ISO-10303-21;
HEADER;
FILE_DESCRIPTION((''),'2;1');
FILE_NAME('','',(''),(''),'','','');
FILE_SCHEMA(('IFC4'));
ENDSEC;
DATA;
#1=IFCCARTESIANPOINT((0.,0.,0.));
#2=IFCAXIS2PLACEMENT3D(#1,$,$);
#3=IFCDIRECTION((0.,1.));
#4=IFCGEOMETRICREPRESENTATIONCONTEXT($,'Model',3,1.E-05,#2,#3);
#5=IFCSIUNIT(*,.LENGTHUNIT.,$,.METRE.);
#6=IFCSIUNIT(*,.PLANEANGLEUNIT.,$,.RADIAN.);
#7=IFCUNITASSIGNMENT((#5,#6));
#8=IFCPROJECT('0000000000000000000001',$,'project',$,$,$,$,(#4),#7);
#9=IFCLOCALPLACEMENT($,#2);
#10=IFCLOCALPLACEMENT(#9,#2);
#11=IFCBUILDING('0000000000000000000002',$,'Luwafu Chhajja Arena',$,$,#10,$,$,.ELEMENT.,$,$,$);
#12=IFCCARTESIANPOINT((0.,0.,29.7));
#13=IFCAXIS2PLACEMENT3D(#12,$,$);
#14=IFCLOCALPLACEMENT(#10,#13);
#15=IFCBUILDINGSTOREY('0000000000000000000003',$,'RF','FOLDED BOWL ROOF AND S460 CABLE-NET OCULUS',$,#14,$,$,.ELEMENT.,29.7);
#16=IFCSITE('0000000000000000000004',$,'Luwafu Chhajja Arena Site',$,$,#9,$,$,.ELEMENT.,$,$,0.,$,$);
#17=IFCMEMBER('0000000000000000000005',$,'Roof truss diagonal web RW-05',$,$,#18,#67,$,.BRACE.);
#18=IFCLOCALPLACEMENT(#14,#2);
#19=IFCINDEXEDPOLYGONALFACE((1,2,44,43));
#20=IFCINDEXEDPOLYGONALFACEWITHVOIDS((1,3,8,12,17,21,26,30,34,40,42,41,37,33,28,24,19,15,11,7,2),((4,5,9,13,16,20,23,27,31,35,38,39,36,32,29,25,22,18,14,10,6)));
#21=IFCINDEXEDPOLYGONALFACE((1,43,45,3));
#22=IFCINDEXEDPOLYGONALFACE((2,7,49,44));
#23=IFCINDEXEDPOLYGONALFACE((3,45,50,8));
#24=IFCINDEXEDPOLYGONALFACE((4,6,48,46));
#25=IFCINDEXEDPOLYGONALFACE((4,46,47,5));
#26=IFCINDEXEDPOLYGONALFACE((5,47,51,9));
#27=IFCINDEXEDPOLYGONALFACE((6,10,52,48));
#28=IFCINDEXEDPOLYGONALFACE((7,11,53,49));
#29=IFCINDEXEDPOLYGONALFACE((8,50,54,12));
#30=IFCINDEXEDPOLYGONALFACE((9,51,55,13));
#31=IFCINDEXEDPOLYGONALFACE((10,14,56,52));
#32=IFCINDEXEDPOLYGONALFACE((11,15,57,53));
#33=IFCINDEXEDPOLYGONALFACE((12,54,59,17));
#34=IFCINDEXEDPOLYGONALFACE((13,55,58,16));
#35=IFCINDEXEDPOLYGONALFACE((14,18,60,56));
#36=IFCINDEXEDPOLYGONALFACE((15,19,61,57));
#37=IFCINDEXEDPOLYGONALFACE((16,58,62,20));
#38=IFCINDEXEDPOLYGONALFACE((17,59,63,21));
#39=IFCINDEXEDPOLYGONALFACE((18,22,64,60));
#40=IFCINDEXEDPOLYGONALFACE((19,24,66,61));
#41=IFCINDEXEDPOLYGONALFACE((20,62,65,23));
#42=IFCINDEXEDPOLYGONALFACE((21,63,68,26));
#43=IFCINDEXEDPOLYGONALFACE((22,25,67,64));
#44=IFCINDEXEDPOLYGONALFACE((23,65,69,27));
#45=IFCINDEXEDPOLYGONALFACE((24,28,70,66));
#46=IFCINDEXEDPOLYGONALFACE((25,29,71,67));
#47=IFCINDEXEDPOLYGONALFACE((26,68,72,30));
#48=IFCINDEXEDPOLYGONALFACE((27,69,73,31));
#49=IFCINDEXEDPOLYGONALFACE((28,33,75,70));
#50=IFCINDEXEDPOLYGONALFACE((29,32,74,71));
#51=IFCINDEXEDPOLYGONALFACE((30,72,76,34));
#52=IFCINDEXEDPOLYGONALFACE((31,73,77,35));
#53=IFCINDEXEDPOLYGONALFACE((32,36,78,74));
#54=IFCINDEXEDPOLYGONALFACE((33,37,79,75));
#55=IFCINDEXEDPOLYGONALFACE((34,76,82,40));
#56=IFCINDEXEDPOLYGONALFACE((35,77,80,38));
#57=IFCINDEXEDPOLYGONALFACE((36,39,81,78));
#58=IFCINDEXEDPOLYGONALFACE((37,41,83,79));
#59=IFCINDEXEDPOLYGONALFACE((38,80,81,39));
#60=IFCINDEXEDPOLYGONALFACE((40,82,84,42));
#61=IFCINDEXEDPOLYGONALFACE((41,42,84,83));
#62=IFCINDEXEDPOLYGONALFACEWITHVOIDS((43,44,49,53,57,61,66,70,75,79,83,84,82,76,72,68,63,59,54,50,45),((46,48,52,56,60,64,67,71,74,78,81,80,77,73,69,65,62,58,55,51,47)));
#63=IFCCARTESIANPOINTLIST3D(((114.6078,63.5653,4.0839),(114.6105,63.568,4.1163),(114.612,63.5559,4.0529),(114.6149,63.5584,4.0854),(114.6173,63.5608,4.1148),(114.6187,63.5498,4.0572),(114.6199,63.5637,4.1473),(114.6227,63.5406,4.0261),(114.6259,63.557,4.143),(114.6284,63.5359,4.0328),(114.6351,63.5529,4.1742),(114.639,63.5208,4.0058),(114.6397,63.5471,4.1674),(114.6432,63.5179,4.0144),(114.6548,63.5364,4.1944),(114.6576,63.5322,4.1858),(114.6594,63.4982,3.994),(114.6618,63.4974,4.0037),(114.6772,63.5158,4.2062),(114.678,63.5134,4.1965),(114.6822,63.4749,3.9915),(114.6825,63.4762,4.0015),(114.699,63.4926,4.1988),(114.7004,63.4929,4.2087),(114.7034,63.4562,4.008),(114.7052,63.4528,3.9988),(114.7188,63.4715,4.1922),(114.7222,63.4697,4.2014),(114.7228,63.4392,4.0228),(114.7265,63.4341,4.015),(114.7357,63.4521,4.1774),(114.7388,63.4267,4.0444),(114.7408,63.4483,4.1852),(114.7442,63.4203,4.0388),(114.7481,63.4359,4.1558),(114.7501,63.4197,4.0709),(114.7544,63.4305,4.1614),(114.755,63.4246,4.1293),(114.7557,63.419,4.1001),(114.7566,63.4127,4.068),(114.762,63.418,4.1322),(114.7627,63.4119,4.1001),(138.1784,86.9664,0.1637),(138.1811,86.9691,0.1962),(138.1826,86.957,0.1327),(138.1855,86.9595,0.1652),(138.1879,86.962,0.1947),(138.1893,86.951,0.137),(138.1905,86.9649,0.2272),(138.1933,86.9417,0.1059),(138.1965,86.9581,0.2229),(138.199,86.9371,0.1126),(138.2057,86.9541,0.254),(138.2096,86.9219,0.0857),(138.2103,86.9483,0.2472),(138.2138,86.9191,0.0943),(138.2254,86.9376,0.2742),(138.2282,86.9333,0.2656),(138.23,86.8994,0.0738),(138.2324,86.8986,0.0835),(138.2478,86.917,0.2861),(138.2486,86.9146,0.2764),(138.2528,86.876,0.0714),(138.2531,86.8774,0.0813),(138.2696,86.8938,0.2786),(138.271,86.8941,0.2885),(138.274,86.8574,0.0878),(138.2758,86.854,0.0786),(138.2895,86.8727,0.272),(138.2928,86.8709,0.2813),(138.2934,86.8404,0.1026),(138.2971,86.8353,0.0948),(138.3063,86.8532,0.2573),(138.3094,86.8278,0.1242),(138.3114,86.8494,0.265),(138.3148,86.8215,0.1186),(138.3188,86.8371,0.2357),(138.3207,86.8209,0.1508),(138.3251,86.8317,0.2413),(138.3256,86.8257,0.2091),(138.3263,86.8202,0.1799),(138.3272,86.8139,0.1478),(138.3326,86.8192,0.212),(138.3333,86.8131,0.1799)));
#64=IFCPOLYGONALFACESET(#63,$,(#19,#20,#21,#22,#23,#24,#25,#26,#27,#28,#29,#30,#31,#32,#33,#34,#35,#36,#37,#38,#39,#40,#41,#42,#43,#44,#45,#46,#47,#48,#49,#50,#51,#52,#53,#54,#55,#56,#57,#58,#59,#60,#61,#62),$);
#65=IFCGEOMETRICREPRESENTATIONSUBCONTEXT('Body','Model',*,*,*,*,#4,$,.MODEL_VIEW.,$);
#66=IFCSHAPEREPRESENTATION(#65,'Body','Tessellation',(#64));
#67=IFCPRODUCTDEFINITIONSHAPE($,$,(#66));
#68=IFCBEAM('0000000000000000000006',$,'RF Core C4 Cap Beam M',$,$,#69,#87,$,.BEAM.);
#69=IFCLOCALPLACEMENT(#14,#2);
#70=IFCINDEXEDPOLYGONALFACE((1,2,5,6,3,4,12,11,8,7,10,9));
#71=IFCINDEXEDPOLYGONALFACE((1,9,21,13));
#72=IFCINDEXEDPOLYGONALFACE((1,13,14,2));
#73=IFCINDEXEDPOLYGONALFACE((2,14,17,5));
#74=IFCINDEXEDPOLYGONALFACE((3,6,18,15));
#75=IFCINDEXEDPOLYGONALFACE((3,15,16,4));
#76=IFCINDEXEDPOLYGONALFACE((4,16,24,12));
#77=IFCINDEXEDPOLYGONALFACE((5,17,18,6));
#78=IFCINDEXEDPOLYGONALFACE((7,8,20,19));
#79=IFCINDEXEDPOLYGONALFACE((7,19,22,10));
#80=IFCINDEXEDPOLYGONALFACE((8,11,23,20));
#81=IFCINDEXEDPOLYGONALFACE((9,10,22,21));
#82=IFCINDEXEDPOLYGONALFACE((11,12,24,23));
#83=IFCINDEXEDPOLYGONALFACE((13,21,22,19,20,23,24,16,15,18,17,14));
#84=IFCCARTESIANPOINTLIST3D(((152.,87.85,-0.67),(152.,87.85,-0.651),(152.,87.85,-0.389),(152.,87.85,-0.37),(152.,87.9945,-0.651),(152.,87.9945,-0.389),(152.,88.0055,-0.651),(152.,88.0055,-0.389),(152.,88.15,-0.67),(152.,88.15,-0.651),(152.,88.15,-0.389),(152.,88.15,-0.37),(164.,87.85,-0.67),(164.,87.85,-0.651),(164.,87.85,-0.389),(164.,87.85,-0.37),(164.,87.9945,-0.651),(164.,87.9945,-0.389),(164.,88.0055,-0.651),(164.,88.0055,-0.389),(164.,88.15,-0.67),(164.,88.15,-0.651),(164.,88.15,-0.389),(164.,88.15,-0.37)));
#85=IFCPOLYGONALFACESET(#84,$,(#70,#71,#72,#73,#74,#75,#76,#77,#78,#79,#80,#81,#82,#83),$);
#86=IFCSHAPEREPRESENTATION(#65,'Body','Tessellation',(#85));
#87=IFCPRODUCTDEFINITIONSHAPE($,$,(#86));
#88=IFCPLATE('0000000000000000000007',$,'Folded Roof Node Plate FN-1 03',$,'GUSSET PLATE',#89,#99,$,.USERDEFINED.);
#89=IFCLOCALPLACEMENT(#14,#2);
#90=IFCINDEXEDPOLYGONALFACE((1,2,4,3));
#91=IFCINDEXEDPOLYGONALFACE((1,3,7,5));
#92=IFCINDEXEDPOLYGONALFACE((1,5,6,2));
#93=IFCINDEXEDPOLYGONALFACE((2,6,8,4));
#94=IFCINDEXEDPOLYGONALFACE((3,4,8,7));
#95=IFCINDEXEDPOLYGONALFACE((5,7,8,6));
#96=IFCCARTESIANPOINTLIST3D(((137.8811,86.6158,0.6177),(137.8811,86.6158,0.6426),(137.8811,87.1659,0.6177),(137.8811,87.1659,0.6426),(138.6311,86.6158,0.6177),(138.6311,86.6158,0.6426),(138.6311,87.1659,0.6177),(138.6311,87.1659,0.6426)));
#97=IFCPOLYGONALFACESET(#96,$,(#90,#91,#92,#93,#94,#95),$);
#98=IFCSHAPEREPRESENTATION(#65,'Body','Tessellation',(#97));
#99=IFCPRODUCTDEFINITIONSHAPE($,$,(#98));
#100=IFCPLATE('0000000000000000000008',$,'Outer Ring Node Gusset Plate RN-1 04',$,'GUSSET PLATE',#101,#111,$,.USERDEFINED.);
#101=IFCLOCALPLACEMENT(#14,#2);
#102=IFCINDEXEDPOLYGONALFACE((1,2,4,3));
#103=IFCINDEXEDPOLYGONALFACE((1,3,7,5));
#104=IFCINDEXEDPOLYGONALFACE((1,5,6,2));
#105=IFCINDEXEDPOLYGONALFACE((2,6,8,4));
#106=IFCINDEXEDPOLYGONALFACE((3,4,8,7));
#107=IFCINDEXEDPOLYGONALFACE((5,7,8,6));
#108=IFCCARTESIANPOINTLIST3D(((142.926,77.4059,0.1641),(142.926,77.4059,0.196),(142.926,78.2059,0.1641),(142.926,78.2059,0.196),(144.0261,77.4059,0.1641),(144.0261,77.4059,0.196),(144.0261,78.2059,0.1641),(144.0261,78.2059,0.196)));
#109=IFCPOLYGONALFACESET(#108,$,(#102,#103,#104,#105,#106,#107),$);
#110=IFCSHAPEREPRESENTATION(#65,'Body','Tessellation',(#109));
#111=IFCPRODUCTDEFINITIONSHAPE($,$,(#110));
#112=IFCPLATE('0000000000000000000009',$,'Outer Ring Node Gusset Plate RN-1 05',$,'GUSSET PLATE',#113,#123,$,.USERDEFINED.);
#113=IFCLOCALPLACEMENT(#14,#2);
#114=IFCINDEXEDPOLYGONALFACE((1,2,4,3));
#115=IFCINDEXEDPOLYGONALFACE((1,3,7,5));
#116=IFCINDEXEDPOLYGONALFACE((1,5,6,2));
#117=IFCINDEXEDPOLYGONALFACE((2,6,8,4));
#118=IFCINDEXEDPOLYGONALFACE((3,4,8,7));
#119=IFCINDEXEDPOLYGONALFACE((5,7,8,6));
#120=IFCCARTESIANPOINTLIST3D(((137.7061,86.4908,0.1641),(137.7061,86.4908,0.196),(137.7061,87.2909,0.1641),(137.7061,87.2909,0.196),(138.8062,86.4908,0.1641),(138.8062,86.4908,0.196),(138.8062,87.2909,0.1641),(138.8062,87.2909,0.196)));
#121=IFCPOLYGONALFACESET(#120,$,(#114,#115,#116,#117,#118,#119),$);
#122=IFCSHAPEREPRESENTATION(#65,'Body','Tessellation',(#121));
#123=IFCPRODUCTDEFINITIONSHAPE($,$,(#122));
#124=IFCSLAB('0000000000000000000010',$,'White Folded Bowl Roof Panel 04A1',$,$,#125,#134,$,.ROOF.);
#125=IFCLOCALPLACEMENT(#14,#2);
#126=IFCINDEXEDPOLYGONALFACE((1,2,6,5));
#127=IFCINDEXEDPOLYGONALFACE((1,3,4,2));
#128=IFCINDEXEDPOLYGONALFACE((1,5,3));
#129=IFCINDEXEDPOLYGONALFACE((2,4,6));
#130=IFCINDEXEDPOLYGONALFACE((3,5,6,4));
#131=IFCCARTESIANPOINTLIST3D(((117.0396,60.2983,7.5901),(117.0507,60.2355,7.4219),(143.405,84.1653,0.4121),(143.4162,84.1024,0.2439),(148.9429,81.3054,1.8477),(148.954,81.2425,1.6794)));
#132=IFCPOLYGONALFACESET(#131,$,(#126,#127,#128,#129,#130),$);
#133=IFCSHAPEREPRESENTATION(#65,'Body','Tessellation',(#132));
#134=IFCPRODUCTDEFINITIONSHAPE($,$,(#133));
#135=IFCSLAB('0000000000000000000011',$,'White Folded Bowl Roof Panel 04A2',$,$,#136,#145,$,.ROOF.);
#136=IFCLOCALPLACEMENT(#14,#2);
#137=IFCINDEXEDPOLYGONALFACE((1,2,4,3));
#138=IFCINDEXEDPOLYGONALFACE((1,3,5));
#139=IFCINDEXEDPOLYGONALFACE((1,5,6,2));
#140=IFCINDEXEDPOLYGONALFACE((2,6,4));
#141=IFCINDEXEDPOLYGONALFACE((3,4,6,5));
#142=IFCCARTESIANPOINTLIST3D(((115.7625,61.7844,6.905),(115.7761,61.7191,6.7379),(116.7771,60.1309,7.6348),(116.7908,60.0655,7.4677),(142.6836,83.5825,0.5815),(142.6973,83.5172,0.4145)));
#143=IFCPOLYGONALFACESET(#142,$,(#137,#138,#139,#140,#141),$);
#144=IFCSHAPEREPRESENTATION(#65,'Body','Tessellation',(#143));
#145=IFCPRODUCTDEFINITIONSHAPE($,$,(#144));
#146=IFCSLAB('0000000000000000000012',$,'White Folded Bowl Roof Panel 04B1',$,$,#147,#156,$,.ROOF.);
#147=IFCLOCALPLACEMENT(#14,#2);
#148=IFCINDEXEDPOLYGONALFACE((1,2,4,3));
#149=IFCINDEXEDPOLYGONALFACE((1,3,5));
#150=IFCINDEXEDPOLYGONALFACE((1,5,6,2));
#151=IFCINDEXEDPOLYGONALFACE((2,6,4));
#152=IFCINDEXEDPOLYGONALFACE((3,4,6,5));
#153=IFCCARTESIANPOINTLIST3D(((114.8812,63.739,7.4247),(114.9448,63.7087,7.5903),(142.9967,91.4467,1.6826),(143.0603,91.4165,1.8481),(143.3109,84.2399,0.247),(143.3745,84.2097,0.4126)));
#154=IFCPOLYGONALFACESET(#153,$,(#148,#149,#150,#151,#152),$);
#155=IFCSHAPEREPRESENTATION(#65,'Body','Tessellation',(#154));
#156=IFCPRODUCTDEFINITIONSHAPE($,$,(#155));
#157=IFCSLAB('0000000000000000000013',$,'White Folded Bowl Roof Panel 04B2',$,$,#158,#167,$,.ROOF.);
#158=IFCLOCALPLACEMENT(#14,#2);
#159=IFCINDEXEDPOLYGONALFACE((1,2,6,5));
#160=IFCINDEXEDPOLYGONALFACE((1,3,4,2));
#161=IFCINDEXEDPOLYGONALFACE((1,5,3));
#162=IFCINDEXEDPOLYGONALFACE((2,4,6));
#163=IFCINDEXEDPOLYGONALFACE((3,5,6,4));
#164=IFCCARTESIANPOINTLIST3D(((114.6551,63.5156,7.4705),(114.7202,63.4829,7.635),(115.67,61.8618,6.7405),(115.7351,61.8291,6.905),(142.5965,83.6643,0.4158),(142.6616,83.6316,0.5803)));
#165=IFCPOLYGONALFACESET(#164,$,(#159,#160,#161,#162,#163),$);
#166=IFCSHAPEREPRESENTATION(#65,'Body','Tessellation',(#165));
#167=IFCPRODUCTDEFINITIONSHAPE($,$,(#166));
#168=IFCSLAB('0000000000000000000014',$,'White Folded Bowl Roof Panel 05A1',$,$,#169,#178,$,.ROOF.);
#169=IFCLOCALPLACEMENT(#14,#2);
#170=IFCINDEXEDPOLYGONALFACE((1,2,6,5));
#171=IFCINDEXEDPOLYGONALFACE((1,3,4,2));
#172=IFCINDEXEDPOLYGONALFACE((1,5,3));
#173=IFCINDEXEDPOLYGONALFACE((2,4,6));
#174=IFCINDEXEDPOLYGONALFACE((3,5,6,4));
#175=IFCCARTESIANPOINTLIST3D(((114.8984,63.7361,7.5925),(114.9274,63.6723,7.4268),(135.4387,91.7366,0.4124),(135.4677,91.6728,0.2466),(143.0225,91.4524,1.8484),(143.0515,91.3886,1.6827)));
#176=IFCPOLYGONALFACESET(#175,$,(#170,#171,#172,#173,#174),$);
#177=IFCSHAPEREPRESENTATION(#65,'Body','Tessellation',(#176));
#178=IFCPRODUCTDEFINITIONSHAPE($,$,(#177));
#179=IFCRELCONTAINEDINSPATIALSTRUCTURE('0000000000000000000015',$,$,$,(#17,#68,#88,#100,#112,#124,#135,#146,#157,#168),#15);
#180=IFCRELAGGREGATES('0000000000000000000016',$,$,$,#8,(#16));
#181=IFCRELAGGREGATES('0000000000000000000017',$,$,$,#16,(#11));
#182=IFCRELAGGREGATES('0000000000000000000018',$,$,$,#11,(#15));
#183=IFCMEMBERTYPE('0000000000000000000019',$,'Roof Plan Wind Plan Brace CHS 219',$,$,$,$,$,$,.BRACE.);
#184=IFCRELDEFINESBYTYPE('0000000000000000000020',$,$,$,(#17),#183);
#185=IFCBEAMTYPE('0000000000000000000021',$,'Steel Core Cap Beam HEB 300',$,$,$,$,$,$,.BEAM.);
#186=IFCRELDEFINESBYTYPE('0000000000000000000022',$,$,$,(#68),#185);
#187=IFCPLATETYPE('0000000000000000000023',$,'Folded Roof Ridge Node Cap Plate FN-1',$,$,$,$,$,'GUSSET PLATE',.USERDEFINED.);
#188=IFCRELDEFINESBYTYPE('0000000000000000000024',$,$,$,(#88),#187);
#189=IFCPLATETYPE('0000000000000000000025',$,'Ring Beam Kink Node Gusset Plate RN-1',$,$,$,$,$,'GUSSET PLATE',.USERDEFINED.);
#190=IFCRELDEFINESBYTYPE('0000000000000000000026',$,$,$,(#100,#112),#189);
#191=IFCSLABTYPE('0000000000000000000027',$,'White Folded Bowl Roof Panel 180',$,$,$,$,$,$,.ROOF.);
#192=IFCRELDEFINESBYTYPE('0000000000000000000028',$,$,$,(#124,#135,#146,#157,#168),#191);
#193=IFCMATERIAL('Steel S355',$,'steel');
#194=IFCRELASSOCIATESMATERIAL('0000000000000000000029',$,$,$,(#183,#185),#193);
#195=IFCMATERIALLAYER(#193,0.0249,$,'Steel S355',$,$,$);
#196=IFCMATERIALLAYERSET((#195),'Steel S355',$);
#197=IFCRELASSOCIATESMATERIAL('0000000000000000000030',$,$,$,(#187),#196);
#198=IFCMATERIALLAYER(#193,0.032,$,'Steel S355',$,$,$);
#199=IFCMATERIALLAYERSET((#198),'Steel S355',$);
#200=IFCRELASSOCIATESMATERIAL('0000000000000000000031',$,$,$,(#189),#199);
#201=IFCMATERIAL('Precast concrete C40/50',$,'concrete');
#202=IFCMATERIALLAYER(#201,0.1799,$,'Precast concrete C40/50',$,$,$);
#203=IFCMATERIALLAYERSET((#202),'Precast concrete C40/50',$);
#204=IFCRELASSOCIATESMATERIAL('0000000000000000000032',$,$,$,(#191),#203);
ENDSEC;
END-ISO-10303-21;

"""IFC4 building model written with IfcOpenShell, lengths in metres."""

from ifc_helpers import new_model, si_unit, direction, frame, origin, origin_2d, place, context, subcontext, project, spatial, polyline, rectangle, hollow_circle, i_section, outline, extrude, material, layer, layer_set, material_profile, profile_set, type_object, element, save


model = new_model("IFC4")

# Units and contexts
model_context = context("Model", 3, precision=1e-05, world=origin(), true_north=direction((0.0, 1.0)))
body_context = subcontext(model_context, "Body", "Model", "MODEL_VIEW")
ifc_project = project(units=[si_unit("LENGTHUNIT", "METRE"), si_unit("PLANEANGLEUNIT", "RADIAN")], contexts=[model_context])

# Site, building, storey
site_placement = place(None, origin())
site = spatial("IfcSite", under=ifc_project, at=site_placement, Name="Luwafu Chhajja Arena Site", CompositionType="ELEMENT", RefElevation=0.0)
building_placement = place(site_placement, origin())
building = spatial("IfcBuilding", under=site, at=building_placement, Name="Luwafu Chhajja Arena", CompositionType="ELEMENT")
storey_placement = place(building_placement, frame((0.0, 0.0, 29.7)))
storey = spatial("IfcBuildingStorey", under=building, at=storey_placement, Name="RF", Description="FOLDED BOWL ROOF AND S460 CABLE-NET OCULUS", CompositionType="ELEMENT", Elevation=29.7)

# Shared definitions
ifc_material_1 = material(Name="Steel S355", Category="steel")

# Member
ifc_material_profile_1 = material_profile(ifc_material_1, hollow_circle(Radius=0.1096, WallThickness=0.01, at=origin_2d()), Name="CHS 219.1x10")
ifc_profile_set_1 = profile_set([ifc_material_profile_1], Name="Steel S355")
member_type = type_object("IfcMemberType", Name="Roof Plan Wind Plan Brace CHS 219", PredefinedType="BRACE", material=ifc_profile_set_1)
member_1_placement = place(storey_placement, frame((138.2561, 86.8909, 0.1799), z_axis=(-0.704761, -0.699695, 0.117213), x_axis=(0.704552, -0.709653, 0.0)))
element("IfcMember", 1, at=member_1_placement, inside=storey, type_object=member_type, Name="Roof truss diagonal web RW-05", PredefinedType="BRACE", context=body_context, shape_type="SweptSolid", body=[
    extrude(hollow_circle(Radius=0.1096, WallThickness=0.01, at=origin_2d()), origin(), (0.0, 0.0, 1.0), 33.4448),
])

# Beam
ifc_material_profile_2 = material_profile(ifc_material_1, i_section(OverallWidth=0.3, OverallDepth=0.3, WebThickness=0.011, FlangeThickness=0.019, at=origin_2d()), Name="HEB 300")
ifc_profile_set_2 = profile_set([ifc_material_profile_2], Name="Steel S355")
beam_type_1 = type_object("IfcBeamType", Name="Steel Core Cap Beam HEB 300", PredefinedType="BEAM", material=ifc_profile_set_2)
beam_1_placement = place(storey_placement, frame((152.0, 88.0, -0.52), z_axis=(1.0, 0.0, 0.0), x_axis=(0.0, 1.0, 0.0)))
element("IfcBeam", 2, at=beam_1_placement, inside=storey, type_object=beam_type_1, Name="RF Core C4 Cap Beam M", PredefinedType="BEAM", context=body_context, shape_type="SweptSolid", body=[
    extrude(i_section(OverallWidth=0.3, OverallDepth=0.3, WebThickness=0.011, FlangeThickness=0.019, at=origin_2d()), origin(), (0.0, 0.0, 1.0), 12.0),
])

# Plates
ifc_layer_1 = layer(ifc_material_1, 0.0249, Name="Steel S355")
ifc_layer_set_1 = layer_set([ifc_layer_1], Name="Steel S355")
plate_type_1 = type_object("IfcPlateType", Name="Folded Roof Ridge Node Cap Plate FN-1", ElementType="GUSSET PLATE", PredefinedType="USERDEFINED", material=ifc_layer_set_1)
plate_placement = place(storey_placement, frame((138.2561, 86.8909, 0.6177), z_axis=(0.0, 0.0, 1.0), x_axis=(1.0, 0.0, 0.0)))
element("IfcPlate", 3, at=plate_placement, inside=storey, type_object=plate_type_1, Name="Folded Roof Node Plate FN-1 03", ObjectType="GUSSET PLATE", PredefinedType="USERDEFINED", context=body_context, shape_type="SweptSolid", body=[
    extrude(rectangle(XDim=0.75, YDim=0.55, at=origin_2d()), origin(), (0.0, 0.0, 1.0), 0.0249),
])
ifc_layer_2 = layer(ifc_material_1, 0.032, Name="Steel S355")
ifc_layer_set_2 = layer_set([ifc_layer_2], Name="Steel S355")
plate_type_2 = type_object("IfcPlateType", Name="Ring Beam Kink Node Gusset Plate RN-1", ElementType="GUSSET PLATE", PredefinedType="USERDEFINED", material=ifc_layer_set_2)
for number, where, z_axis, x_axis, name in (
    (4, (143.4761, 77.8059, 0.1641), (0.0, 0.0, 1.0), (1.0, 0.0, 0.0), "Outer Ring Node Gusset Plate RN-1 04"),
    (5, (138.2561, 86.8909, 0.1641), (0.0, 0.0, 1.0), (1.0, 0.0, 0.0), "Outer Ring Node Gusset Plate RN-1 05"),
):
    element("IfcPlate", number, at=place(storey_placement, frame(where, z_axis=z_axis, x_axis=x_axis)), inside=storey, type_object=plate_type_2, Name=name, ObjectType="GUSSET PLATE", PredefinedType="USERDEFINED", context=body_context, shape_type="SweptSolid", body=[
        extrude(rectangle(XDim=1.1001, YDim=0.8, at=origin_2d()), origin(), (0.0, 0.0, 1.0), 0.032),
    ])

# Slabs
ifc_material_2 = material(Name="Precast concrete C40/50", Category="concrete")
ifc_layer_3 = layer(ifc_material_2, 0.1799, Name="Precast concrete C40/50")
ifc_layer_set_3 = layer_set([ifc_layer_3], Name="Precast concrete C40/50")
slab_type = type_object("IfcSlabType", Name="White Folded Bowl Roof Panel 180", PredefinedType="ROOF", material=ifc_layer_set_3)
slab_1_placement = place(storey_placement, frame((148.9429, 81.3054, 1.8477), z_axis=(-0.061857, 0.349501, 0.934892), x_axis=(-0.825919, -0.543835, 0.148661)))
element("IfcSlab", 6, at=slab_1_placement, inside=storey, type_object=slab_type, Name="White Folded Bowl Roof Panel 04A1", PredefinedType="ROOF", context=body_context, shape_type="SweptSolid", body=[
    extrude(outline(polyline([(0.0, 0.0), (38.6276, 0.0), (2.8051, -5.7479), (0.0, 0.0)])), origin(), (0.0, 0.0, -1.0), 0.1799),
])
slab_2_placement = place(storey_placement, frame((142.6836, 83.5825, 0.5815), z_axis=(-0.07596, 0.363196, 0.928611), x_axis=(-0.726704, -0.657843, 0.19785)))
element("IfcSlab", 7, at=slab_2_placement, inside=storey, type_object=slab_type, Name="White Folded Bowl Roof Panel 04A2", PredefinedType="ROOF", context=body_context, shape_type="SweptSolid", body=[
    extrude(outline(polyline([(0.0, 0.0), (35.6493, 0.0), (35.1545, -2.0128), (0.0, 0.0)])), origin(), (0.0, 0.0, -1.0), 0.1799),
])
slab_3_placement = place(storey_placement, frame((143.3745, 84.2097, 0.4126), z_axis=(0.353421, -0.167904, 0.920273), x_axis=(-0.794616, -0.573007, 0.200619)))
element("IfcSlab", 8, at=slab_3_placement, inside=storey, type_object=slab_type, Name="White Folded Bowl Roof Panel 04B1", PredefinedType="ROOF", context=body_context, shape_type="SweptSolid", body=[
    extrude(outline(polyline([(0.0, 0.0), (35.7779, 0.0), (-3.5919, -6.4184), (0.0, 0.0)])), origin(), (0.0, 0.0, -1.0), 0.1799),
])
slab_4_placement = place(storey_placement, frame((142.6616, 83.6316, 0.5803), z_axis=(0.361807, -0.18158, 0.914399), x_axis=(-0.764542, -0.619052, 0.179582)))
element("IfcSlab", 9, at=slab_4_placement, inside=storey, type_object=slab_type, Name="White Folded Bowl Roof Panel 04B2", PredefinedType="ROOF", context=body_context, shape_type="SweptSolid", body=[
    extrude(outline(polyline([(0.0, 0.0), (35.2191, 0.0), (35.1024, -2.0699), (0.0, 0.0)])), origin(), (0.0, 0.0, -1.0), 0.1799),
])
slab_5_placement = place(storey_placement, frame((143.0225, 91.4524, 1.8484), z_axis=(-0.161137, 0.354404, 0.921104), x_axis=(-0.704832, -0.694614, 0.143957)))
element("IfcSlab", 10, at=slab_5_placement, inside=storey, type_object=slab_type, Name="White Folded Bowl Roof Panel 05A1", PredefinedType="ROOF", context=body_context, shape_type="SweptSolid", body=[
    extrude(outline(polyline([(0.0, 0.0), (39.9017, 0.0), (4.9411, -5.9364), (0.0, 0.0)])), origin(), (0.0, 0.0, -1.0), 0.1799),
])

save(model, "model.ifc")
